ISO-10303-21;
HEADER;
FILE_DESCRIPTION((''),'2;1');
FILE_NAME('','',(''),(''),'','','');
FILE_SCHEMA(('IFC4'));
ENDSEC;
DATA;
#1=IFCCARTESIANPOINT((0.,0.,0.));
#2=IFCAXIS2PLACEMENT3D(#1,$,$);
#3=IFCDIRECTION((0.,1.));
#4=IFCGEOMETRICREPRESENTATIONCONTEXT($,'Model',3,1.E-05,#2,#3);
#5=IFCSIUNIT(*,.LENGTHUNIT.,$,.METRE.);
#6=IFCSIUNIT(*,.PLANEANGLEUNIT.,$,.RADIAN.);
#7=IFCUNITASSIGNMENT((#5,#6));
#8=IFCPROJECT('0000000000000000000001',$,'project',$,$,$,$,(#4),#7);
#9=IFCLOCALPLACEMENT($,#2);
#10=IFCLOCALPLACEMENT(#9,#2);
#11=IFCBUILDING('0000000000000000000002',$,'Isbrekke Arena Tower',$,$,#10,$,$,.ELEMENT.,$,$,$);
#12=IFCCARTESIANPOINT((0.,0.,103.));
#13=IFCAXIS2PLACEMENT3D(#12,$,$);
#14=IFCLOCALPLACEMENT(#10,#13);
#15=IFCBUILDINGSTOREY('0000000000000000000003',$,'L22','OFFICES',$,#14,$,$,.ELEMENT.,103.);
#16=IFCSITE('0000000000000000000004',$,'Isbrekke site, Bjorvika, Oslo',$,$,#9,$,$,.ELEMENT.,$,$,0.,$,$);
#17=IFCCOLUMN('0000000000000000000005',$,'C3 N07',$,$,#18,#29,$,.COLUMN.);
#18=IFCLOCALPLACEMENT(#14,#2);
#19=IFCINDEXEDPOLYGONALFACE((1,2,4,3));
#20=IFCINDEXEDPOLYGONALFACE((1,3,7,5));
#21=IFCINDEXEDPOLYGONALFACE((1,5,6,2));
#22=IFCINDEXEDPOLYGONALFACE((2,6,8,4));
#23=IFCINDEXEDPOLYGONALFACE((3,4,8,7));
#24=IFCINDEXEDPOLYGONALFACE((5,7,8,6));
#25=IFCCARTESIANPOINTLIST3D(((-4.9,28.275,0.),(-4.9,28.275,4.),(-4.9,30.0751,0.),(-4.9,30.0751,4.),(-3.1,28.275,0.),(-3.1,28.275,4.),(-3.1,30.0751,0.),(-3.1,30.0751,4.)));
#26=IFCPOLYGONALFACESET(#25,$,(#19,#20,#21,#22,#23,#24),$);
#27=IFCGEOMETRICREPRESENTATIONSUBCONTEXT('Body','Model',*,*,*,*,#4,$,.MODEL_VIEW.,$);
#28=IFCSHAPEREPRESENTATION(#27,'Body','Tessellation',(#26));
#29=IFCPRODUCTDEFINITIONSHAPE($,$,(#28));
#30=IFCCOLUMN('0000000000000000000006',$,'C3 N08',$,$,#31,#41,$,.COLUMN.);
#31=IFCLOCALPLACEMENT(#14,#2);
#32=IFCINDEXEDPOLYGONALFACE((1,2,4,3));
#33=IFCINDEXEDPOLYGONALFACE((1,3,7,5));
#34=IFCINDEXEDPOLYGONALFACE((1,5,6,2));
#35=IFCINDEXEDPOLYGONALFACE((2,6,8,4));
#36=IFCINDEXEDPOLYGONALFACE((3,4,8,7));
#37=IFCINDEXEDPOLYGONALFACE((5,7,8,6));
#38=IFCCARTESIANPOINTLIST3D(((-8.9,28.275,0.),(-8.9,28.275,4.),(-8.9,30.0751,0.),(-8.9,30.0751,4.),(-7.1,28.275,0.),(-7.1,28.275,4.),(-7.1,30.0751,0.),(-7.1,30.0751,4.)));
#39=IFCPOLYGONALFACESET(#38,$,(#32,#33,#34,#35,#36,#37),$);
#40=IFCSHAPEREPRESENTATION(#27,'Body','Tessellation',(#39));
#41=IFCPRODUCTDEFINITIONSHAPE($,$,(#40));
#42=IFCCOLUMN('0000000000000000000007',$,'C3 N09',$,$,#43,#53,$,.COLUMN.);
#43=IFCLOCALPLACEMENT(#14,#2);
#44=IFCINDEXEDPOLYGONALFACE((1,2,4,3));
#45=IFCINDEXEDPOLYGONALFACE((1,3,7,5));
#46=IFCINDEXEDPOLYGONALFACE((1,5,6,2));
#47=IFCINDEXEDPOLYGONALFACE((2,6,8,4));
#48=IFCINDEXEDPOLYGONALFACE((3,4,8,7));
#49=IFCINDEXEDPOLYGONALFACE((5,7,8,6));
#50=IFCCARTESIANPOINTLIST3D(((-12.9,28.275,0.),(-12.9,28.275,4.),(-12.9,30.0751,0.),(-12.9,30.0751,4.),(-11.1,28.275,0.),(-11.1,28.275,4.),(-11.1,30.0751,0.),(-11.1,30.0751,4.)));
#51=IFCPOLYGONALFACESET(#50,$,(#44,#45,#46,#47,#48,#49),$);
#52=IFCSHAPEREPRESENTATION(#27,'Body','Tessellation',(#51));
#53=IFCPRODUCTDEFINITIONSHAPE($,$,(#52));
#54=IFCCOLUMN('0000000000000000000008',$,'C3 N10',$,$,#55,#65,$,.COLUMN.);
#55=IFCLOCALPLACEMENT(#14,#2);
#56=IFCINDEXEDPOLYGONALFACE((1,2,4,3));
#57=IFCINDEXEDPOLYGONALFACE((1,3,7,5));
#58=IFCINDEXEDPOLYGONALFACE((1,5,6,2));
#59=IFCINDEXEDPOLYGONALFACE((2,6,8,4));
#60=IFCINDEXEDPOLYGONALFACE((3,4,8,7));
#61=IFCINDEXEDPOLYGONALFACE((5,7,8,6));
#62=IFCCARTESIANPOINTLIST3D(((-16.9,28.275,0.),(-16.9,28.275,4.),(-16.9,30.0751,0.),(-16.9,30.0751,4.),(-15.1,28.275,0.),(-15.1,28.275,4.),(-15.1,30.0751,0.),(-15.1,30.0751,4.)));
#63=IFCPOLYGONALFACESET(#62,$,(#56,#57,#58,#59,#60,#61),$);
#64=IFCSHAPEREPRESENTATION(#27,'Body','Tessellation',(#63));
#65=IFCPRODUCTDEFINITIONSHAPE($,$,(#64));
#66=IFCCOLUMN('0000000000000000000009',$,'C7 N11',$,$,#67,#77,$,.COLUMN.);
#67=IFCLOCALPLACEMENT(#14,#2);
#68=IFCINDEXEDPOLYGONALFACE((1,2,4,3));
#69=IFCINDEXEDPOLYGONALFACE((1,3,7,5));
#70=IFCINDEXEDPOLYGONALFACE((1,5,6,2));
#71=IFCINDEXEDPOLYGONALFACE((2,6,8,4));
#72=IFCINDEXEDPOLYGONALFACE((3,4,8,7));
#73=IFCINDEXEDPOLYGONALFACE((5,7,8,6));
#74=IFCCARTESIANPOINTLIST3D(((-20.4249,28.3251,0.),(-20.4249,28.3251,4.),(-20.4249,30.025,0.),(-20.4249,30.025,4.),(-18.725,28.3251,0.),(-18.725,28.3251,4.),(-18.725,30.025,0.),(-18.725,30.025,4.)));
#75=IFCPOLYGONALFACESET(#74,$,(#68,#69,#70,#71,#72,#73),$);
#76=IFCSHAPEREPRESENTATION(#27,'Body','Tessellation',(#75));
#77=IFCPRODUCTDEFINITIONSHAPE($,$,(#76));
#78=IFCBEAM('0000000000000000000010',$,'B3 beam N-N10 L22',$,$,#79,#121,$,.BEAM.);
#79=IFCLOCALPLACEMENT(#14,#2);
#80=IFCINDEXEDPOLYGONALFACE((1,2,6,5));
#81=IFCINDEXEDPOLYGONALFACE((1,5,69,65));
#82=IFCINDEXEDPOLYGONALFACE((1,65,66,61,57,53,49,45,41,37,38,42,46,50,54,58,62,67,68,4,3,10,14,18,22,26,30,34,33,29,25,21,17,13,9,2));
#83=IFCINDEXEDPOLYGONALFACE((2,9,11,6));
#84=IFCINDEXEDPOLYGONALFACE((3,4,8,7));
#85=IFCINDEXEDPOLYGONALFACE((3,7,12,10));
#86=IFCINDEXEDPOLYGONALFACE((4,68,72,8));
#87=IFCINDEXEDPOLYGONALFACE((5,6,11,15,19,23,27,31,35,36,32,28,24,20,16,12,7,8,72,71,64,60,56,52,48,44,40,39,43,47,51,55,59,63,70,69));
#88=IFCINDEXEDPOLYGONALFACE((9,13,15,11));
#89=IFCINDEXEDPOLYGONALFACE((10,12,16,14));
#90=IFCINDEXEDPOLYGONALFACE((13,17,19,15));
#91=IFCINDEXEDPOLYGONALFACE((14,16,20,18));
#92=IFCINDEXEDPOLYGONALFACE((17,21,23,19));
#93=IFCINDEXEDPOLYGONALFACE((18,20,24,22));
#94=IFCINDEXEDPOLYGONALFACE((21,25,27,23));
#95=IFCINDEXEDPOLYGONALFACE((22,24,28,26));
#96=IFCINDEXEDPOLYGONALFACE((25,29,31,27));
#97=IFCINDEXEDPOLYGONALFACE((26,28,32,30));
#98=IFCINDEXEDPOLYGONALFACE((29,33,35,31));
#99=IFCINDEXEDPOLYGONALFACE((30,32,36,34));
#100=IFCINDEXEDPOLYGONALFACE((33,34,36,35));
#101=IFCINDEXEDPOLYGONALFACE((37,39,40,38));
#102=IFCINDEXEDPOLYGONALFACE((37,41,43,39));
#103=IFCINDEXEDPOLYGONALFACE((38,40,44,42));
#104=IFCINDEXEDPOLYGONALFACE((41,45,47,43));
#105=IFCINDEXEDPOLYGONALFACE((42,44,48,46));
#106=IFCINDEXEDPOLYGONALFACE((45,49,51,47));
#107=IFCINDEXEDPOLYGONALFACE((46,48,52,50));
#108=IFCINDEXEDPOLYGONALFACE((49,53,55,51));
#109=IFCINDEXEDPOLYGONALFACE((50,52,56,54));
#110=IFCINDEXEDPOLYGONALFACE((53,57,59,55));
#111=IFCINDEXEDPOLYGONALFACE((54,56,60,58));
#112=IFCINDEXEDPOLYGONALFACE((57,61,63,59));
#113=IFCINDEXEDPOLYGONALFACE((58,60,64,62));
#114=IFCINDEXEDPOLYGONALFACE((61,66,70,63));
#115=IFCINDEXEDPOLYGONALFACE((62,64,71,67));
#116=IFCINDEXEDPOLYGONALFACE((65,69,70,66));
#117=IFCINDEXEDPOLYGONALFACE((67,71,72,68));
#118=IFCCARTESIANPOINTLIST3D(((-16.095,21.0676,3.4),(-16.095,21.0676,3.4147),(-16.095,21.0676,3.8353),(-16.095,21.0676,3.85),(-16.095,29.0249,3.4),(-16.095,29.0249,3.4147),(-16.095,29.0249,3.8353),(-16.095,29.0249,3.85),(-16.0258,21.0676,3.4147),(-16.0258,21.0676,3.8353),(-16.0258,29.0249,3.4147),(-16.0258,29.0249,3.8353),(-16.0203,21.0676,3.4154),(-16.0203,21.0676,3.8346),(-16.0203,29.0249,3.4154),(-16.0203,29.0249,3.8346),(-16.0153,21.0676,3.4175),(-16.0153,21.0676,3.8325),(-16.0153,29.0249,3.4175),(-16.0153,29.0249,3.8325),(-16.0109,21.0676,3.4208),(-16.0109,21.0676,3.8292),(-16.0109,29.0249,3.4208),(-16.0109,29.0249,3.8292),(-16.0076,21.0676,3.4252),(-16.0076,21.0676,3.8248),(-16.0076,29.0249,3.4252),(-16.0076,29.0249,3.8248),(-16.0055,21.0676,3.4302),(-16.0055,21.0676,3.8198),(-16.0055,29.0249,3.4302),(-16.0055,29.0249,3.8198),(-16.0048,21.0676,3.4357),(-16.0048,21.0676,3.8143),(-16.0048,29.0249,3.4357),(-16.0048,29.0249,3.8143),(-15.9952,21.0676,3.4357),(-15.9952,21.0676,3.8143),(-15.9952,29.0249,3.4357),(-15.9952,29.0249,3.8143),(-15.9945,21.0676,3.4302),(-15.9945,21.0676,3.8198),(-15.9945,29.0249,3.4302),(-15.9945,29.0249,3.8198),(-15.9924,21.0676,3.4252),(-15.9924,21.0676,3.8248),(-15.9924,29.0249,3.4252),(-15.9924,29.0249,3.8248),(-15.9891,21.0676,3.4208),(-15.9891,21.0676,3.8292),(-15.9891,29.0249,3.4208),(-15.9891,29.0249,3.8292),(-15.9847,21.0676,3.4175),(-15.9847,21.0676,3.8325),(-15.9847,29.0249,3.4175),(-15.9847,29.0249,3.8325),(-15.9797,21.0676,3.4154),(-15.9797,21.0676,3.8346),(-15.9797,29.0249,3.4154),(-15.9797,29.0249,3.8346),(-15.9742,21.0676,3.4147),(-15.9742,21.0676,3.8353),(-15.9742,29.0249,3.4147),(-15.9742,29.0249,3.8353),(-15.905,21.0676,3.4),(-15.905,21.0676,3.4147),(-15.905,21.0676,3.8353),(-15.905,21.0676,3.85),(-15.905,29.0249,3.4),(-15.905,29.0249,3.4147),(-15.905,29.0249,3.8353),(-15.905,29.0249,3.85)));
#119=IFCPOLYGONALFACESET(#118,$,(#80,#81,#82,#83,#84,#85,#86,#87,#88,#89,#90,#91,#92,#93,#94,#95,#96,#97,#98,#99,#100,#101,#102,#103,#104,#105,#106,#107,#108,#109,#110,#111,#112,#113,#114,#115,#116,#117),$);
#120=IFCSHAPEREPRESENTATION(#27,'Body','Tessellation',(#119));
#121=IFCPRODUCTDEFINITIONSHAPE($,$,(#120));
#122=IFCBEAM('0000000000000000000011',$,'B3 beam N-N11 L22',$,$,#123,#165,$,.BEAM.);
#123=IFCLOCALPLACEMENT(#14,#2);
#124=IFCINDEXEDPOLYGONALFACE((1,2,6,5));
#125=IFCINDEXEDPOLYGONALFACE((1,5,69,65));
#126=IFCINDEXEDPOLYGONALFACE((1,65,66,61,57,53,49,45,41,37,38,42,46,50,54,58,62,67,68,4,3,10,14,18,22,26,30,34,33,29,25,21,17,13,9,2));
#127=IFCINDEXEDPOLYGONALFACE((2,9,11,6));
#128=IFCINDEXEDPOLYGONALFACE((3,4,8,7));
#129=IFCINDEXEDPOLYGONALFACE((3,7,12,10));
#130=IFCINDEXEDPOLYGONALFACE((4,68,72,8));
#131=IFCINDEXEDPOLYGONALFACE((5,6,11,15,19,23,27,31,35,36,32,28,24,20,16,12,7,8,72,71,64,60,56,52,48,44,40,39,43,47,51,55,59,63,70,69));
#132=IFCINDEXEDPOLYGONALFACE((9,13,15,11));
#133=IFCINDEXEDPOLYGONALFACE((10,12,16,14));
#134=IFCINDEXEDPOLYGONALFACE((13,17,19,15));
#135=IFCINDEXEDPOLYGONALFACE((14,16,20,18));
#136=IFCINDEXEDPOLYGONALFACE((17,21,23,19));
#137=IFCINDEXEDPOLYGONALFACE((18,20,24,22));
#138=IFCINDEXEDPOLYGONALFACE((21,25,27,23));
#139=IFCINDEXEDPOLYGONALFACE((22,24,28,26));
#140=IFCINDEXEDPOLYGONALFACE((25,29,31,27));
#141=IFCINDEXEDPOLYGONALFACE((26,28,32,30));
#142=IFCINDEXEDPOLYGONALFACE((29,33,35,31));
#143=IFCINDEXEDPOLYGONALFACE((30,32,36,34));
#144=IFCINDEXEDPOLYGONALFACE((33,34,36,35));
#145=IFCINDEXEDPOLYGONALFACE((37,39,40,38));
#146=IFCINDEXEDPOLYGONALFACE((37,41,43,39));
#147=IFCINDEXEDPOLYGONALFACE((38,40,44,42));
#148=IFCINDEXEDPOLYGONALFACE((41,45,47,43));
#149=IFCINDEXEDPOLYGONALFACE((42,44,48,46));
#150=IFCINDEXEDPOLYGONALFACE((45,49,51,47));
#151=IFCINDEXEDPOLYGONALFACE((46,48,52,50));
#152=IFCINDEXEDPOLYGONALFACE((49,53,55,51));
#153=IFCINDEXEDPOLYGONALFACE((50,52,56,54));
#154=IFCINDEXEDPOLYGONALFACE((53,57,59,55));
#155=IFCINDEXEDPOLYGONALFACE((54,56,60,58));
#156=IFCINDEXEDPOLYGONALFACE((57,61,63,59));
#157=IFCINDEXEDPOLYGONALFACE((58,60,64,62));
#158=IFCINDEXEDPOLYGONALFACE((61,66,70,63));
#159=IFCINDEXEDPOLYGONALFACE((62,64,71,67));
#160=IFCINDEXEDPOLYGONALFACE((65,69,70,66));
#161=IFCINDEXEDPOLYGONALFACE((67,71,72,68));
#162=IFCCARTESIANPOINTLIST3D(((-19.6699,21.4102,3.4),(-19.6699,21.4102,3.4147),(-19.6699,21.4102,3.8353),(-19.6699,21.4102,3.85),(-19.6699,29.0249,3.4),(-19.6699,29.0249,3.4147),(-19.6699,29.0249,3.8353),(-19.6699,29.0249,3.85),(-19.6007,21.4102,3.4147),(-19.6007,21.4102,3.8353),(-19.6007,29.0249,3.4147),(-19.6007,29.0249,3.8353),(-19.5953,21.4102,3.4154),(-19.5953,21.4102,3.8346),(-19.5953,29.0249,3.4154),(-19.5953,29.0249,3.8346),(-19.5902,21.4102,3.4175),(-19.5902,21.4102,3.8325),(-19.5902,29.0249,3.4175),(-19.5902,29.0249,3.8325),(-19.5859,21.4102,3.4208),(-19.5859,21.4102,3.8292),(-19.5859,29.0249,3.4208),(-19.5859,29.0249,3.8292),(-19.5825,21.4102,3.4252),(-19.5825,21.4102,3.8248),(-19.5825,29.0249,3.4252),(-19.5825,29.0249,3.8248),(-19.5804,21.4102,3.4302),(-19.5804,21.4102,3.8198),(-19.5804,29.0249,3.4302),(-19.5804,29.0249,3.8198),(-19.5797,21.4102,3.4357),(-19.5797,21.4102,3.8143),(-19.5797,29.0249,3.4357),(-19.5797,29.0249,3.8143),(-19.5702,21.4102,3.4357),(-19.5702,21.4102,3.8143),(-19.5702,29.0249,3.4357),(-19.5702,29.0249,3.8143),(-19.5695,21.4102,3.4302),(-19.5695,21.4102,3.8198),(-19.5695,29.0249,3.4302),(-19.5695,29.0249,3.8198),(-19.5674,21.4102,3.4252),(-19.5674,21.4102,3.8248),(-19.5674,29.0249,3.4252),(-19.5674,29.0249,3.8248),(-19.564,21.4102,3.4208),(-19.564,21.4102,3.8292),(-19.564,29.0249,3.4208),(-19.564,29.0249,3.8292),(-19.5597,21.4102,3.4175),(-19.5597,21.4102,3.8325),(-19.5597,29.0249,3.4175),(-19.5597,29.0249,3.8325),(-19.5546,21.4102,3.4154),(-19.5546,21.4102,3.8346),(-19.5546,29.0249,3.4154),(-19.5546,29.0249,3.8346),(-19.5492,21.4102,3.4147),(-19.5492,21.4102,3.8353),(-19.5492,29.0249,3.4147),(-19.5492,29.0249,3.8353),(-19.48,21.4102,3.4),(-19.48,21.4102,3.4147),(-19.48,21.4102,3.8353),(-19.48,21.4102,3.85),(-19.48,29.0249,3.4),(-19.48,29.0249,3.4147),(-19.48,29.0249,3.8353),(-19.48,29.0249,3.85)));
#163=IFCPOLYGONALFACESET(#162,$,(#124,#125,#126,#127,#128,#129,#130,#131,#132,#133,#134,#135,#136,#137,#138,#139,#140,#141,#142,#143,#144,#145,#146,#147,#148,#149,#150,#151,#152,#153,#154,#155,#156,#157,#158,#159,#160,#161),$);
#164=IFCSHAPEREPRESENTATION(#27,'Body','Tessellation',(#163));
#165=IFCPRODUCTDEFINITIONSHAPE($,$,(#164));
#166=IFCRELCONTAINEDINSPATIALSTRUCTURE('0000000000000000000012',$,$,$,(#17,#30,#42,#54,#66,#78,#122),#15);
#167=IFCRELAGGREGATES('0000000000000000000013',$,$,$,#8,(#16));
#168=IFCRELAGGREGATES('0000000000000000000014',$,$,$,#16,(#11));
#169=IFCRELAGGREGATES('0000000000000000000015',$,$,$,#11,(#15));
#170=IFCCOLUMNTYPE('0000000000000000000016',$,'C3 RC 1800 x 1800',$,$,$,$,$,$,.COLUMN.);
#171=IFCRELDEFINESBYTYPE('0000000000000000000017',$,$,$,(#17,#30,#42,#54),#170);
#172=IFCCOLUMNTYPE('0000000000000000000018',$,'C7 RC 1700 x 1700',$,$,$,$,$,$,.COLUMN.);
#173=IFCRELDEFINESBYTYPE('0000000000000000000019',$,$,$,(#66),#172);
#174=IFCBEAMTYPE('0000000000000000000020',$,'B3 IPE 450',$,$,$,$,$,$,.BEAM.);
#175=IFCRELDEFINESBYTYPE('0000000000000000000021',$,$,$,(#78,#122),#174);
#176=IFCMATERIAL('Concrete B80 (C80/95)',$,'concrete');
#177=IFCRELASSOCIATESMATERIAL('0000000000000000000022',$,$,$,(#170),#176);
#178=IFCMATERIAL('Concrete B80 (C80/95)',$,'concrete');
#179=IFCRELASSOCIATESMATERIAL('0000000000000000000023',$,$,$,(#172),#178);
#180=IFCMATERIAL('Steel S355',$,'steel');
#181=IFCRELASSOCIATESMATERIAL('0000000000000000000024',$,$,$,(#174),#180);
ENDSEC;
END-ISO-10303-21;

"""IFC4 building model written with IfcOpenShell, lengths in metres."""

from ifc_helpers import new_model, si_unit, direction, frame, origin, origin_2d, place, context, subcontext, project, spatial, rectangle, i_section, extrude, material, material_profile, profile_set, type_object, element, save


model = new_model("IFC4")

# Units and contexts
model_context = context("Model", 3, precision=1e-05, world=origin(), true_north=direction((0.0, 1.0)))
body_context = subcontext(model_context, "Body", "Model", "MODEL_VIEW")
ifc_project = project(units=[si_unit("LENGTHUNIT", "METRE"), si_unit("PLANEANGLEUNIT", "RADIAN")], contexts=[model_context])

# Site, building, storey
site_placement = place(None, origin())
site = spatial("IfcSite", under=ifc_project, at=site_placement, Name="Isbrekke site, Bjorvika, Oslo", CompositionType="ELEMENT", RefElevation=0.0)
building_placement = place(site_placement, origin())
building = spatial("IfcBuilding", under=site, at=building_placement, Name="Isbrekke Arena Tower", CompositionType="ELEMENT")
storey_placement = place(building_placement, frame((0.0, 0.0, 103.0)))
storey = spatial("IfcBuildingStorey", under=building, at=storey_placement, Name="L22", Description="OFFICES", CompositionType="ELEMENT", Elevation=103.0)

# Columns
ifc_material_1 = material(Name="Concrete B80 (C80/95)", Category="concrete")
ifc_material_profile_1 = material_profile(ifc_material_1, rectangle(XDim=1.8, YDim=1.8, at=origin_2d()), Name="RC 1800x1800")
ifc_profile_set_1 = profile_set([ifc_material_profile_1], Name="Concrete B80 (C80/95)")
column_type_1 = type_object("IfcColumnType", Name="C3 RC 1800 x 1800", PredefinedType="COLUMN", material=ifc_profile_set_1)
for number, where, z_axis, x_axis, name in (
    (1, (-4.0, 29.175, 0.0), (0.0, 0.0, 1.0), (-1.0, 0.0, 0.0), "C3 N07"),
    (2, (-8.0, 29.175, 0.0), (0.0, 0.0, 1.0), (-1.0, 0.0, 0.0), "C3 N08"),
    (3, (-12.0, 29.175, 0.0), (0.0, 0.0, 1.0), (-1.0, 0.0, 0.0), "C3 N09"),
    (4, (-16.0, 29.175, 0.0), (0.0, 0.0, 1.0), (-1.0, 0.0, 0.0), "C3 N10"),
):
    element("IfcColumn", number, at=place(storey_placement, frame(where, z_axis=z_axis, x_axis=x_axis)), inside=storey, type_object=column_type_1, Name=name, PredefinedType="COLUMN", context=body_context, shape_type="SweptSolid", body=[
        extrude(rectangle(XDim=1.8, YDim=1.8, at=origin_2d()), origin(), (0.0, 0.0, 1.0), 4.0),
    ])
ifc_material_2 = material(Name="Concrete B80 (C80/95)", Category="concrete")
ifc_material_profile_2 = material_profile(ifc_material_2, rectangle(XDim=1.7, YDim=1.7, at=origin_2d()), Name="RC 1700x1700")
ifc_profile_set_2 = profile_set([ifc_material_profile_2], Name="Concrete B80 (C80/95)")
column_type_2 = type_object("IfcColumnType", Name="C7 RC 1700 x 1700", PredefinedType="COLUMN", material=ifc_profile_set_2)
column_placement = place(storey_placement, frame((-19.575, 29.175, 0.0), z_axis=(0.0, 0.0, 1.0), x_axis=(-1.0, 0.0, 0.0)))
element("IfcColumn", 5, at=column_placement, inside=storey, type_object=column_type_2, Name="C7 N11", PredefinedType="COLUMN", context=body_context, shape_type="SweptSolid", body=[
    extrude(rectangle(XDim=1.7, YDim=1.7, at=origin_2d()), origin(), (0.0, 0.0, 1.0), 4.0),
])

# Beams
ifc_material_3 = material(Name="Steel S355", Category="steel")
ifc_material_profile_3 = material_profile(ifc_material_3, i_section(OverallWidth=0.1899, OverallDepth=0.45, WebThickness=0.0095, FlangeThickness=0.0146, FilletRadius=0.021, at=origin_2d()), Name="IPE 450")
ifc_profile_set_3 = profile_set([ifc_material_profile_3], Name="Steel S355")
beam_type_1 = type_object("IfcBeamType", Name="B3 IPE 450", PredefinedType="BEAM", material=ifc_profile_set_3)
beam_1_placement = place(storey_placement, frame((-16.0, 29.0249, 3.625), z_axis=(0.0, -1.0, 0.0), x_axis=(1.0, 0.0, 0.0)))
element("IfcBeam", 6, at=beam_1_placement, inside=storey, type_object=beam_type_1, Name="B3 beam N-N10 L22", PredefinedType="BEAM", context=body_context, shape_type="SweptSolid", body=[
    extrude(i_section(OverallWidth=0.1899, OverallDepth=0.45, WebThickness=0.0095, FlangeThickness=0.0146, FilletRadius=0.021, at=origin_2d()), origin(), (0.0, 0.0, 1.0), 7.9573),
])
beam_2_placement = place(storey_placement, frame((-19.575, 29.0249, 3.625), z_axis=(0.0, -1.0, 0.0), x_axis=(1.0, 0.0, 0.0)))
element("IfcBeam", 7, at=beam_2_placement, inside=storey, type_object=beam_type_1, Name="B3 beam N-N11 L22", PredefinedType="BEAM", context=body_context, shape_type="SweptSolid", body=[
    extrude(i_section(OverallWidth=0.1899, OverallDepth=0.45, WebThickness=0.0095, FlangeThickness=0.0146, FilletRadius=0.021, at=origin_2d()), origin(), (0.0, 0.0, 1.0), 7.6147),
])

save(model, "model.ifc")
